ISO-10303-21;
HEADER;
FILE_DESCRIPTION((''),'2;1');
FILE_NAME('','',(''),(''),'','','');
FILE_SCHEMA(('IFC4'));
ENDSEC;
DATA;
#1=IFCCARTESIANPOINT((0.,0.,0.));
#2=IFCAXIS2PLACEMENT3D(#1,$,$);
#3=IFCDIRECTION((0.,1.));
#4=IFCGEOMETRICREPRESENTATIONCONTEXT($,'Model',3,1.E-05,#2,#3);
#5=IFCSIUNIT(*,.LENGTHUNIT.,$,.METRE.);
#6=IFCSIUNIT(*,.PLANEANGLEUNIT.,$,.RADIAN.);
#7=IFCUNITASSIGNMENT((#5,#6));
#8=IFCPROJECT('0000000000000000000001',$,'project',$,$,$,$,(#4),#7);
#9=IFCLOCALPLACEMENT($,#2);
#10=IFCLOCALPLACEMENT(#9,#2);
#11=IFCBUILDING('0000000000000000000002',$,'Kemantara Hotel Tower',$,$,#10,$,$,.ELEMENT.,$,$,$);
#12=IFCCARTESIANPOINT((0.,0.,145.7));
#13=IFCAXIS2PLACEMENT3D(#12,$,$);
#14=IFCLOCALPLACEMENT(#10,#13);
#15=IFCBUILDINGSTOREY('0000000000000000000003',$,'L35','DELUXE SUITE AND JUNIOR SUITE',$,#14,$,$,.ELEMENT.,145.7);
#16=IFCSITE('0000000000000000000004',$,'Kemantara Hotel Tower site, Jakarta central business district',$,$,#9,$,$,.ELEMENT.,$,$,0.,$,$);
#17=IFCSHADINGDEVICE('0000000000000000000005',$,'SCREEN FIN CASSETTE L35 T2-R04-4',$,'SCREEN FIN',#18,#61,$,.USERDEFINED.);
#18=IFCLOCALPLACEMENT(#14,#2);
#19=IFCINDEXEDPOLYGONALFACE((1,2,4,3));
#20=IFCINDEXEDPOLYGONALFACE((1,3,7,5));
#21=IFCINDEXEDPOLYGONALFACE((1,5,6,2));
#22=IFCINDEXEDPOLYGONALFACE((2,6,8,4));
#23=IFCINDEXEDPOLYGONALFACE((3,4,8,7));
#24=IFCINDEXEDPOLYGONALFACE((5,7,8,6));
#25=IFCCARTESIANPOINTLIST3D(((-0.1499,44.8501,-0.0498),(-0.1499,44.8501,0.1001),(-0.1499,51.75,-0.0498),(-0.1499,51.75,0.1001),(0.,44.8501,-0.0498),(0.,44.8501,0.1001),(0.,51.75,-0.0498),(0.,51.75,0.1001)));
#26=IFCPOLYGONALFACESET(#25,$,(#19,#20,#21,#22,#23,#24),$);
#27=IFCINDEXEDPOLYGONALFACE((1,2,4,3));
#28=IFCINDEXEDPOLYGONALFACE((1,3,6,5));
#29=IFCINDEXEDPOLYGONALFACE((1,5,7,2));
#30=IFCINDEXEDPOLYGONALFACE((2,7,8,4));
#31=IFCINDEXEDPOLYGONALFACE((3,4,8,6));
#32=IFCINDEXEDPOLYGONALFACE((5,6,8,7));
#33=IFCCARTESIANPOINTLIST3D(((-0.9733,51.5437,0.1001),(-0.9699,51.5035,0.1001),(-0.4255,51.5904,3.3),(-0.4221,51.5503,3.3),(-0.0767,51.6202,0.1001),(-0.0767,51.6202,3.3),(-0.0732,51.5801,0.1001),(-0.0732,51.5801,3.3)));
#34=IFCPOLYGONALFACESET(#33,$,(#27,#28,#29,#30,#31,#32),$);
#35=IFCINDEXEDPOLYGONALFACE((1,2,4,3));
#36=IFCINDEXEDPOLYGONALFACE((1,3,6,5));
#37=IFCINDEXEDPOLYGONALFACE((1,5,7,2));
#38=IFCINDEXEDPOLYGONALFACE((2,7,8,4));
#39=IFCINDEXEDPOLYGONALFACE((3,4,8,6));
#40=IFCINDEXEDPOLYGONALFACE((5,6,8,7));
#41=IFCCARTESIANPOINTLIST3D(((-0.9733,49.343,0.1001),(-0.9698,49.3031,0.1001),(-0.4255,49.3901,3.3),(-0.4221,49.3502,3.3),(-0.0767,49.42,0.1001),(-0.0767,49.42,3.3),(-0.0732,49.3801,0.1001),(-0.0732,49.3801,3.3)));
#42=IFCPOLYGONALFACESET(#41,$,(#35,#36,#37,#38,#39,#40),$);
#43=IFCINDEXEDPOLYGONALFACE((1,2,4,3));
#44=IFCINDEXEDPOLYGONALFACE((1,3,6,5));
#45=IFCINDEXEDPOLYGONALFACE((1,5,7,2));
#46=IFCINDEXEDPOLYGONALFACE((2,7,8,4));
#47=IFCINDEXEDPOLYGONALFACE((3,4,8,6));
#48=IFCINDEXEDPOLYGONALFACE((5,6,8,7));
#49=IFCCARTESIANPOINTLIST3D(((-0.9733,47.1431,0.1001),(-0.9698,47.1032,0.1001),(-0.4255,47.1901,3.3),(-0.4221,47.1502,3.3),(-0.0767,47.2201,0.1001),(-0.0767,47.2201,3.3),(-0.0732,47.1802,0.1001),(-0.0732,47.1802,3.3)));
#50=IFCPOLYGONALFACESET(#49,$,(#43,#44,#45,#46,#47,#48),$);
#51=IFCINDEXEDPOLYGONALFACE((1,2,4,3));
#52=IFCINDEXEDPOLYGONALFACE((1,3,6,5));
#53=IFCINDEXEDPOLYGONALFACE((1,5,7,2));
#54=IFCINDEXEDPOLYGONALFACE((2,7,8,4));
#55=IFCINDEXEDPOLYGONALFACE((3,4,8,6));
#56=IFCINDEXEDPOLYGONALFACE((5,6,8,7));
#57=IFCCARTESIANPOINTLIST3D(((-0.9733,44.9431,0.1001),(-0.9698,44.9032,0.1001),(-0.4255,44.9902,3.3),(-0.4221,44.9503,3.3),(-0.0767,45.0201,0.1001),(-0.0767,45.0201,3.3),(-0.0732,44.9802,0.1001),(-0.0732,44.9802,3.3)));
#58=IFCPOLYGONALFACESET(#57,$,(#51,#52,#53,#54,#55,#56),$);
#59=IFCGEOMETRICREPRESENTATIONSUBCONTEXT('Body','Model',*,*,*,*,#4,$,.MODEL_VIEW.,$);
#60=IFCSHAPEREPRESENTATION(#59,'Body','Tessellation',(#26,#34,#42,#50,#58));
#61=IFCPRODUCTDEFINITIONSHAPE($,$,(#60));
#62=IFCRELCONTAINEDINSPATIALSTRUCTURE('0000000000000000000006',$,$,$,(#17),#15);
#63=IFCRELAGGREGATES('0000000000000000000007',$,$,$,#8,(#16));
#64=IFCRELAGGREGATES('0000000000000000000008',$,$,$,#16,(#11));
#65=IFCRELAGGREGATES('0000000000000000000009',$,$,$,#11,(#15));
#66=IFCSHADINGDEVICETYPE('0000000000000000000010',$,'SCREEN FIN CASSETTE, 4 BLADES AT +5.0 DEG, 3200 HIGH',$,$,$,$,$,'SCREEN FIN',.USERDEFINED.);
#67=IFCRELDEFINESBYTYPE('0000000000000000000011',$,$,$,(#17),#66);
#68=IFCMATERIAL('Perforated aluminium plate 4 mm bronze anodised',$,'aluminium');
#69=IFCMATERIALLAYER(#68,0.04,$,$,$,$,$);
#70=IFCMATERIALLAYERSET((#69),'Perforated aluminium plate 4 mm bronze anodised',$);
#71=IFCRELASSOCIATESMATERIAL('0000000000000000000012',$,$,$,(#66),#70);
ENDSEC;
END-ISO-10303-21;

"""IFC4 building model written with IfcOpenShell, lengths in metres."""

from ifc_helpers import new_model, si_unit, direction, frame, origin, origin_2d, place, context, subcontext, project, spatial, polyline, rectangle, outline, extrude, source, transform, mapped, material, layer, layer_set, type_object, element, save


model = new_model("IFC4")

# Units and contexts
model_context = context("Model", 3, precision=1e-05, world=origin(), true_north=direction((0.0, 1.0)))
body_context = subcontext(model_context, "Body", "Model", "MODEL_VIEW")
ifc_project = project(units=[si_unit("LENGTHUNIT", "METRE"), si_unit("PLANEANGLEUNIT", "RADIAN")], contexts=[model_context])

# Site, building, storey
site_placement = place(None, origin())
site = spatial("IfcSite", under=ifc_project, at=site_placement, Name="Kemantara Hotel Tower site, Jakarta central business district", CompositionType="ELEMENT", RefElevation=0.0)
building_placement = place(site_placement, origin())
building = spatial("IfcBuilding", under=site, at=building_placement, Name="Kemantara Hotel Tower", CompositionType="ELEMENT")
storey_placement = place(building_placement, frame((0.0, 0.0, 145.7)))
storey = spatial("IfcBuildingStorey", under=building, at=storey_placement, Name="L35", Description="DELUXE SUITE AND JUNIOR SUITE", CompositionType="ELEMENT", Elevation=145.7)

# Shading device
ifc_material_1 = material(Name="Perforated aluminium plate 4 mm bronze anodised", Category="aluminium")
ifc_layer_1 = layer(ifc_material_1, 0.04)
ifc_layer_set_1 = layer_set([ifc_layer_1], Name="Perforated aluminium plate 4 mm bronze anodised")
shading_device_type_1 = type_object("IfcShadingDeviceType", Name="SCREEN FIN CASSETTE, 4 BLADES AT +5.0 DEG, 3200 HIGH", ElementType="SCREEN FIN", PredefinedType="USERDEFINED", material=ifc_layer_set_1)
shared_shape_1 = source(origin(), body_context, "Body", "SweptSolid", [
    extrude(rectangle(XDim=6.8999, YDim=0.1499, at=origin_2d()), frame((3.3, -0.075, -0.1499), z_axis=(0.0, 0.0, 1.0), x_axis=(1.0, 0.0, 0.0)), (0.0, 0.0, 1.0), 0.1499),
    extrude(outline(polyline([(0.0, 0.0), (0.8999, 0.0), (0.3501, 3.2), (0.0, 3.2), (0.0, 0.0)])), frame((0.02, -0.0732, 0.0), z_axis=(-0.996376, -0.085056, 0.0), x_axis=(0.085056, -0.996376, 0.0)), (0.0, 0.0, 1.0), 0.0403),
    extrude(outline(polyline([(0.0, 0.0), (0.8999, 0.0), (0.3501, 3.2), (0.0, 3.2), (0.0, 0.0)])), frame((2.22, -0.0732, 0.0), z_axis=(-0.996332, -0.085575, 0.0), x_axis=(0.085575, -0.996332, 0.0)), (0.0, 0.0, 1.0), 0.04),
    extrude(outline(polyline([(0.0, 0.0), (0.8999, 0.0), (0.3501, 3.2), (0.0, 3.2), (0.0, 0.0)])), frame((4.4199, -0.0732, 0.0), z_axis=(-0.996332, -0.085575, 0.0), x_axis=(0.085575, -0.996332, 0.0)), (0.0, 0.0, 1.0), 0.04),
    extrude(outline(polyline([(0.0, 0.0), (0.8999, 0.0), (0.3501, 3.2), (0.0, 3.2), (0.0, 0.0)])), frame((6.6199, -0.0732, 0.0), z_axis=(-0.996332, -0.085575, 0.0), x_axis=(0.085575, -0.996332, 0.0)), (0.0, 0.0, 1.0), 0.04),
])
shading_device_1_placement = place(storey_placement, frame((0.0, 51.6001, 0.1001), z_axis=(0.0, 0.0, 1.0), x_axis=(0.0, -1.0, 0.0)))
element("IfcShadingDevice", 1, at=shading_device_1_placement, inside=storey, type_object=shading_device_type_1, Name="SCREEN FIN CASSETTE L35 T2-R04-4", ObjectType="SCREEN FIN", PredefinedType="USERDEFINED", context=body_context, shape_type="MappedRepresentation", body=[
    mapped(shared_shape_1, transform((0.0, 0.0, 0.0))),
])

save(model, "model.ifc")
